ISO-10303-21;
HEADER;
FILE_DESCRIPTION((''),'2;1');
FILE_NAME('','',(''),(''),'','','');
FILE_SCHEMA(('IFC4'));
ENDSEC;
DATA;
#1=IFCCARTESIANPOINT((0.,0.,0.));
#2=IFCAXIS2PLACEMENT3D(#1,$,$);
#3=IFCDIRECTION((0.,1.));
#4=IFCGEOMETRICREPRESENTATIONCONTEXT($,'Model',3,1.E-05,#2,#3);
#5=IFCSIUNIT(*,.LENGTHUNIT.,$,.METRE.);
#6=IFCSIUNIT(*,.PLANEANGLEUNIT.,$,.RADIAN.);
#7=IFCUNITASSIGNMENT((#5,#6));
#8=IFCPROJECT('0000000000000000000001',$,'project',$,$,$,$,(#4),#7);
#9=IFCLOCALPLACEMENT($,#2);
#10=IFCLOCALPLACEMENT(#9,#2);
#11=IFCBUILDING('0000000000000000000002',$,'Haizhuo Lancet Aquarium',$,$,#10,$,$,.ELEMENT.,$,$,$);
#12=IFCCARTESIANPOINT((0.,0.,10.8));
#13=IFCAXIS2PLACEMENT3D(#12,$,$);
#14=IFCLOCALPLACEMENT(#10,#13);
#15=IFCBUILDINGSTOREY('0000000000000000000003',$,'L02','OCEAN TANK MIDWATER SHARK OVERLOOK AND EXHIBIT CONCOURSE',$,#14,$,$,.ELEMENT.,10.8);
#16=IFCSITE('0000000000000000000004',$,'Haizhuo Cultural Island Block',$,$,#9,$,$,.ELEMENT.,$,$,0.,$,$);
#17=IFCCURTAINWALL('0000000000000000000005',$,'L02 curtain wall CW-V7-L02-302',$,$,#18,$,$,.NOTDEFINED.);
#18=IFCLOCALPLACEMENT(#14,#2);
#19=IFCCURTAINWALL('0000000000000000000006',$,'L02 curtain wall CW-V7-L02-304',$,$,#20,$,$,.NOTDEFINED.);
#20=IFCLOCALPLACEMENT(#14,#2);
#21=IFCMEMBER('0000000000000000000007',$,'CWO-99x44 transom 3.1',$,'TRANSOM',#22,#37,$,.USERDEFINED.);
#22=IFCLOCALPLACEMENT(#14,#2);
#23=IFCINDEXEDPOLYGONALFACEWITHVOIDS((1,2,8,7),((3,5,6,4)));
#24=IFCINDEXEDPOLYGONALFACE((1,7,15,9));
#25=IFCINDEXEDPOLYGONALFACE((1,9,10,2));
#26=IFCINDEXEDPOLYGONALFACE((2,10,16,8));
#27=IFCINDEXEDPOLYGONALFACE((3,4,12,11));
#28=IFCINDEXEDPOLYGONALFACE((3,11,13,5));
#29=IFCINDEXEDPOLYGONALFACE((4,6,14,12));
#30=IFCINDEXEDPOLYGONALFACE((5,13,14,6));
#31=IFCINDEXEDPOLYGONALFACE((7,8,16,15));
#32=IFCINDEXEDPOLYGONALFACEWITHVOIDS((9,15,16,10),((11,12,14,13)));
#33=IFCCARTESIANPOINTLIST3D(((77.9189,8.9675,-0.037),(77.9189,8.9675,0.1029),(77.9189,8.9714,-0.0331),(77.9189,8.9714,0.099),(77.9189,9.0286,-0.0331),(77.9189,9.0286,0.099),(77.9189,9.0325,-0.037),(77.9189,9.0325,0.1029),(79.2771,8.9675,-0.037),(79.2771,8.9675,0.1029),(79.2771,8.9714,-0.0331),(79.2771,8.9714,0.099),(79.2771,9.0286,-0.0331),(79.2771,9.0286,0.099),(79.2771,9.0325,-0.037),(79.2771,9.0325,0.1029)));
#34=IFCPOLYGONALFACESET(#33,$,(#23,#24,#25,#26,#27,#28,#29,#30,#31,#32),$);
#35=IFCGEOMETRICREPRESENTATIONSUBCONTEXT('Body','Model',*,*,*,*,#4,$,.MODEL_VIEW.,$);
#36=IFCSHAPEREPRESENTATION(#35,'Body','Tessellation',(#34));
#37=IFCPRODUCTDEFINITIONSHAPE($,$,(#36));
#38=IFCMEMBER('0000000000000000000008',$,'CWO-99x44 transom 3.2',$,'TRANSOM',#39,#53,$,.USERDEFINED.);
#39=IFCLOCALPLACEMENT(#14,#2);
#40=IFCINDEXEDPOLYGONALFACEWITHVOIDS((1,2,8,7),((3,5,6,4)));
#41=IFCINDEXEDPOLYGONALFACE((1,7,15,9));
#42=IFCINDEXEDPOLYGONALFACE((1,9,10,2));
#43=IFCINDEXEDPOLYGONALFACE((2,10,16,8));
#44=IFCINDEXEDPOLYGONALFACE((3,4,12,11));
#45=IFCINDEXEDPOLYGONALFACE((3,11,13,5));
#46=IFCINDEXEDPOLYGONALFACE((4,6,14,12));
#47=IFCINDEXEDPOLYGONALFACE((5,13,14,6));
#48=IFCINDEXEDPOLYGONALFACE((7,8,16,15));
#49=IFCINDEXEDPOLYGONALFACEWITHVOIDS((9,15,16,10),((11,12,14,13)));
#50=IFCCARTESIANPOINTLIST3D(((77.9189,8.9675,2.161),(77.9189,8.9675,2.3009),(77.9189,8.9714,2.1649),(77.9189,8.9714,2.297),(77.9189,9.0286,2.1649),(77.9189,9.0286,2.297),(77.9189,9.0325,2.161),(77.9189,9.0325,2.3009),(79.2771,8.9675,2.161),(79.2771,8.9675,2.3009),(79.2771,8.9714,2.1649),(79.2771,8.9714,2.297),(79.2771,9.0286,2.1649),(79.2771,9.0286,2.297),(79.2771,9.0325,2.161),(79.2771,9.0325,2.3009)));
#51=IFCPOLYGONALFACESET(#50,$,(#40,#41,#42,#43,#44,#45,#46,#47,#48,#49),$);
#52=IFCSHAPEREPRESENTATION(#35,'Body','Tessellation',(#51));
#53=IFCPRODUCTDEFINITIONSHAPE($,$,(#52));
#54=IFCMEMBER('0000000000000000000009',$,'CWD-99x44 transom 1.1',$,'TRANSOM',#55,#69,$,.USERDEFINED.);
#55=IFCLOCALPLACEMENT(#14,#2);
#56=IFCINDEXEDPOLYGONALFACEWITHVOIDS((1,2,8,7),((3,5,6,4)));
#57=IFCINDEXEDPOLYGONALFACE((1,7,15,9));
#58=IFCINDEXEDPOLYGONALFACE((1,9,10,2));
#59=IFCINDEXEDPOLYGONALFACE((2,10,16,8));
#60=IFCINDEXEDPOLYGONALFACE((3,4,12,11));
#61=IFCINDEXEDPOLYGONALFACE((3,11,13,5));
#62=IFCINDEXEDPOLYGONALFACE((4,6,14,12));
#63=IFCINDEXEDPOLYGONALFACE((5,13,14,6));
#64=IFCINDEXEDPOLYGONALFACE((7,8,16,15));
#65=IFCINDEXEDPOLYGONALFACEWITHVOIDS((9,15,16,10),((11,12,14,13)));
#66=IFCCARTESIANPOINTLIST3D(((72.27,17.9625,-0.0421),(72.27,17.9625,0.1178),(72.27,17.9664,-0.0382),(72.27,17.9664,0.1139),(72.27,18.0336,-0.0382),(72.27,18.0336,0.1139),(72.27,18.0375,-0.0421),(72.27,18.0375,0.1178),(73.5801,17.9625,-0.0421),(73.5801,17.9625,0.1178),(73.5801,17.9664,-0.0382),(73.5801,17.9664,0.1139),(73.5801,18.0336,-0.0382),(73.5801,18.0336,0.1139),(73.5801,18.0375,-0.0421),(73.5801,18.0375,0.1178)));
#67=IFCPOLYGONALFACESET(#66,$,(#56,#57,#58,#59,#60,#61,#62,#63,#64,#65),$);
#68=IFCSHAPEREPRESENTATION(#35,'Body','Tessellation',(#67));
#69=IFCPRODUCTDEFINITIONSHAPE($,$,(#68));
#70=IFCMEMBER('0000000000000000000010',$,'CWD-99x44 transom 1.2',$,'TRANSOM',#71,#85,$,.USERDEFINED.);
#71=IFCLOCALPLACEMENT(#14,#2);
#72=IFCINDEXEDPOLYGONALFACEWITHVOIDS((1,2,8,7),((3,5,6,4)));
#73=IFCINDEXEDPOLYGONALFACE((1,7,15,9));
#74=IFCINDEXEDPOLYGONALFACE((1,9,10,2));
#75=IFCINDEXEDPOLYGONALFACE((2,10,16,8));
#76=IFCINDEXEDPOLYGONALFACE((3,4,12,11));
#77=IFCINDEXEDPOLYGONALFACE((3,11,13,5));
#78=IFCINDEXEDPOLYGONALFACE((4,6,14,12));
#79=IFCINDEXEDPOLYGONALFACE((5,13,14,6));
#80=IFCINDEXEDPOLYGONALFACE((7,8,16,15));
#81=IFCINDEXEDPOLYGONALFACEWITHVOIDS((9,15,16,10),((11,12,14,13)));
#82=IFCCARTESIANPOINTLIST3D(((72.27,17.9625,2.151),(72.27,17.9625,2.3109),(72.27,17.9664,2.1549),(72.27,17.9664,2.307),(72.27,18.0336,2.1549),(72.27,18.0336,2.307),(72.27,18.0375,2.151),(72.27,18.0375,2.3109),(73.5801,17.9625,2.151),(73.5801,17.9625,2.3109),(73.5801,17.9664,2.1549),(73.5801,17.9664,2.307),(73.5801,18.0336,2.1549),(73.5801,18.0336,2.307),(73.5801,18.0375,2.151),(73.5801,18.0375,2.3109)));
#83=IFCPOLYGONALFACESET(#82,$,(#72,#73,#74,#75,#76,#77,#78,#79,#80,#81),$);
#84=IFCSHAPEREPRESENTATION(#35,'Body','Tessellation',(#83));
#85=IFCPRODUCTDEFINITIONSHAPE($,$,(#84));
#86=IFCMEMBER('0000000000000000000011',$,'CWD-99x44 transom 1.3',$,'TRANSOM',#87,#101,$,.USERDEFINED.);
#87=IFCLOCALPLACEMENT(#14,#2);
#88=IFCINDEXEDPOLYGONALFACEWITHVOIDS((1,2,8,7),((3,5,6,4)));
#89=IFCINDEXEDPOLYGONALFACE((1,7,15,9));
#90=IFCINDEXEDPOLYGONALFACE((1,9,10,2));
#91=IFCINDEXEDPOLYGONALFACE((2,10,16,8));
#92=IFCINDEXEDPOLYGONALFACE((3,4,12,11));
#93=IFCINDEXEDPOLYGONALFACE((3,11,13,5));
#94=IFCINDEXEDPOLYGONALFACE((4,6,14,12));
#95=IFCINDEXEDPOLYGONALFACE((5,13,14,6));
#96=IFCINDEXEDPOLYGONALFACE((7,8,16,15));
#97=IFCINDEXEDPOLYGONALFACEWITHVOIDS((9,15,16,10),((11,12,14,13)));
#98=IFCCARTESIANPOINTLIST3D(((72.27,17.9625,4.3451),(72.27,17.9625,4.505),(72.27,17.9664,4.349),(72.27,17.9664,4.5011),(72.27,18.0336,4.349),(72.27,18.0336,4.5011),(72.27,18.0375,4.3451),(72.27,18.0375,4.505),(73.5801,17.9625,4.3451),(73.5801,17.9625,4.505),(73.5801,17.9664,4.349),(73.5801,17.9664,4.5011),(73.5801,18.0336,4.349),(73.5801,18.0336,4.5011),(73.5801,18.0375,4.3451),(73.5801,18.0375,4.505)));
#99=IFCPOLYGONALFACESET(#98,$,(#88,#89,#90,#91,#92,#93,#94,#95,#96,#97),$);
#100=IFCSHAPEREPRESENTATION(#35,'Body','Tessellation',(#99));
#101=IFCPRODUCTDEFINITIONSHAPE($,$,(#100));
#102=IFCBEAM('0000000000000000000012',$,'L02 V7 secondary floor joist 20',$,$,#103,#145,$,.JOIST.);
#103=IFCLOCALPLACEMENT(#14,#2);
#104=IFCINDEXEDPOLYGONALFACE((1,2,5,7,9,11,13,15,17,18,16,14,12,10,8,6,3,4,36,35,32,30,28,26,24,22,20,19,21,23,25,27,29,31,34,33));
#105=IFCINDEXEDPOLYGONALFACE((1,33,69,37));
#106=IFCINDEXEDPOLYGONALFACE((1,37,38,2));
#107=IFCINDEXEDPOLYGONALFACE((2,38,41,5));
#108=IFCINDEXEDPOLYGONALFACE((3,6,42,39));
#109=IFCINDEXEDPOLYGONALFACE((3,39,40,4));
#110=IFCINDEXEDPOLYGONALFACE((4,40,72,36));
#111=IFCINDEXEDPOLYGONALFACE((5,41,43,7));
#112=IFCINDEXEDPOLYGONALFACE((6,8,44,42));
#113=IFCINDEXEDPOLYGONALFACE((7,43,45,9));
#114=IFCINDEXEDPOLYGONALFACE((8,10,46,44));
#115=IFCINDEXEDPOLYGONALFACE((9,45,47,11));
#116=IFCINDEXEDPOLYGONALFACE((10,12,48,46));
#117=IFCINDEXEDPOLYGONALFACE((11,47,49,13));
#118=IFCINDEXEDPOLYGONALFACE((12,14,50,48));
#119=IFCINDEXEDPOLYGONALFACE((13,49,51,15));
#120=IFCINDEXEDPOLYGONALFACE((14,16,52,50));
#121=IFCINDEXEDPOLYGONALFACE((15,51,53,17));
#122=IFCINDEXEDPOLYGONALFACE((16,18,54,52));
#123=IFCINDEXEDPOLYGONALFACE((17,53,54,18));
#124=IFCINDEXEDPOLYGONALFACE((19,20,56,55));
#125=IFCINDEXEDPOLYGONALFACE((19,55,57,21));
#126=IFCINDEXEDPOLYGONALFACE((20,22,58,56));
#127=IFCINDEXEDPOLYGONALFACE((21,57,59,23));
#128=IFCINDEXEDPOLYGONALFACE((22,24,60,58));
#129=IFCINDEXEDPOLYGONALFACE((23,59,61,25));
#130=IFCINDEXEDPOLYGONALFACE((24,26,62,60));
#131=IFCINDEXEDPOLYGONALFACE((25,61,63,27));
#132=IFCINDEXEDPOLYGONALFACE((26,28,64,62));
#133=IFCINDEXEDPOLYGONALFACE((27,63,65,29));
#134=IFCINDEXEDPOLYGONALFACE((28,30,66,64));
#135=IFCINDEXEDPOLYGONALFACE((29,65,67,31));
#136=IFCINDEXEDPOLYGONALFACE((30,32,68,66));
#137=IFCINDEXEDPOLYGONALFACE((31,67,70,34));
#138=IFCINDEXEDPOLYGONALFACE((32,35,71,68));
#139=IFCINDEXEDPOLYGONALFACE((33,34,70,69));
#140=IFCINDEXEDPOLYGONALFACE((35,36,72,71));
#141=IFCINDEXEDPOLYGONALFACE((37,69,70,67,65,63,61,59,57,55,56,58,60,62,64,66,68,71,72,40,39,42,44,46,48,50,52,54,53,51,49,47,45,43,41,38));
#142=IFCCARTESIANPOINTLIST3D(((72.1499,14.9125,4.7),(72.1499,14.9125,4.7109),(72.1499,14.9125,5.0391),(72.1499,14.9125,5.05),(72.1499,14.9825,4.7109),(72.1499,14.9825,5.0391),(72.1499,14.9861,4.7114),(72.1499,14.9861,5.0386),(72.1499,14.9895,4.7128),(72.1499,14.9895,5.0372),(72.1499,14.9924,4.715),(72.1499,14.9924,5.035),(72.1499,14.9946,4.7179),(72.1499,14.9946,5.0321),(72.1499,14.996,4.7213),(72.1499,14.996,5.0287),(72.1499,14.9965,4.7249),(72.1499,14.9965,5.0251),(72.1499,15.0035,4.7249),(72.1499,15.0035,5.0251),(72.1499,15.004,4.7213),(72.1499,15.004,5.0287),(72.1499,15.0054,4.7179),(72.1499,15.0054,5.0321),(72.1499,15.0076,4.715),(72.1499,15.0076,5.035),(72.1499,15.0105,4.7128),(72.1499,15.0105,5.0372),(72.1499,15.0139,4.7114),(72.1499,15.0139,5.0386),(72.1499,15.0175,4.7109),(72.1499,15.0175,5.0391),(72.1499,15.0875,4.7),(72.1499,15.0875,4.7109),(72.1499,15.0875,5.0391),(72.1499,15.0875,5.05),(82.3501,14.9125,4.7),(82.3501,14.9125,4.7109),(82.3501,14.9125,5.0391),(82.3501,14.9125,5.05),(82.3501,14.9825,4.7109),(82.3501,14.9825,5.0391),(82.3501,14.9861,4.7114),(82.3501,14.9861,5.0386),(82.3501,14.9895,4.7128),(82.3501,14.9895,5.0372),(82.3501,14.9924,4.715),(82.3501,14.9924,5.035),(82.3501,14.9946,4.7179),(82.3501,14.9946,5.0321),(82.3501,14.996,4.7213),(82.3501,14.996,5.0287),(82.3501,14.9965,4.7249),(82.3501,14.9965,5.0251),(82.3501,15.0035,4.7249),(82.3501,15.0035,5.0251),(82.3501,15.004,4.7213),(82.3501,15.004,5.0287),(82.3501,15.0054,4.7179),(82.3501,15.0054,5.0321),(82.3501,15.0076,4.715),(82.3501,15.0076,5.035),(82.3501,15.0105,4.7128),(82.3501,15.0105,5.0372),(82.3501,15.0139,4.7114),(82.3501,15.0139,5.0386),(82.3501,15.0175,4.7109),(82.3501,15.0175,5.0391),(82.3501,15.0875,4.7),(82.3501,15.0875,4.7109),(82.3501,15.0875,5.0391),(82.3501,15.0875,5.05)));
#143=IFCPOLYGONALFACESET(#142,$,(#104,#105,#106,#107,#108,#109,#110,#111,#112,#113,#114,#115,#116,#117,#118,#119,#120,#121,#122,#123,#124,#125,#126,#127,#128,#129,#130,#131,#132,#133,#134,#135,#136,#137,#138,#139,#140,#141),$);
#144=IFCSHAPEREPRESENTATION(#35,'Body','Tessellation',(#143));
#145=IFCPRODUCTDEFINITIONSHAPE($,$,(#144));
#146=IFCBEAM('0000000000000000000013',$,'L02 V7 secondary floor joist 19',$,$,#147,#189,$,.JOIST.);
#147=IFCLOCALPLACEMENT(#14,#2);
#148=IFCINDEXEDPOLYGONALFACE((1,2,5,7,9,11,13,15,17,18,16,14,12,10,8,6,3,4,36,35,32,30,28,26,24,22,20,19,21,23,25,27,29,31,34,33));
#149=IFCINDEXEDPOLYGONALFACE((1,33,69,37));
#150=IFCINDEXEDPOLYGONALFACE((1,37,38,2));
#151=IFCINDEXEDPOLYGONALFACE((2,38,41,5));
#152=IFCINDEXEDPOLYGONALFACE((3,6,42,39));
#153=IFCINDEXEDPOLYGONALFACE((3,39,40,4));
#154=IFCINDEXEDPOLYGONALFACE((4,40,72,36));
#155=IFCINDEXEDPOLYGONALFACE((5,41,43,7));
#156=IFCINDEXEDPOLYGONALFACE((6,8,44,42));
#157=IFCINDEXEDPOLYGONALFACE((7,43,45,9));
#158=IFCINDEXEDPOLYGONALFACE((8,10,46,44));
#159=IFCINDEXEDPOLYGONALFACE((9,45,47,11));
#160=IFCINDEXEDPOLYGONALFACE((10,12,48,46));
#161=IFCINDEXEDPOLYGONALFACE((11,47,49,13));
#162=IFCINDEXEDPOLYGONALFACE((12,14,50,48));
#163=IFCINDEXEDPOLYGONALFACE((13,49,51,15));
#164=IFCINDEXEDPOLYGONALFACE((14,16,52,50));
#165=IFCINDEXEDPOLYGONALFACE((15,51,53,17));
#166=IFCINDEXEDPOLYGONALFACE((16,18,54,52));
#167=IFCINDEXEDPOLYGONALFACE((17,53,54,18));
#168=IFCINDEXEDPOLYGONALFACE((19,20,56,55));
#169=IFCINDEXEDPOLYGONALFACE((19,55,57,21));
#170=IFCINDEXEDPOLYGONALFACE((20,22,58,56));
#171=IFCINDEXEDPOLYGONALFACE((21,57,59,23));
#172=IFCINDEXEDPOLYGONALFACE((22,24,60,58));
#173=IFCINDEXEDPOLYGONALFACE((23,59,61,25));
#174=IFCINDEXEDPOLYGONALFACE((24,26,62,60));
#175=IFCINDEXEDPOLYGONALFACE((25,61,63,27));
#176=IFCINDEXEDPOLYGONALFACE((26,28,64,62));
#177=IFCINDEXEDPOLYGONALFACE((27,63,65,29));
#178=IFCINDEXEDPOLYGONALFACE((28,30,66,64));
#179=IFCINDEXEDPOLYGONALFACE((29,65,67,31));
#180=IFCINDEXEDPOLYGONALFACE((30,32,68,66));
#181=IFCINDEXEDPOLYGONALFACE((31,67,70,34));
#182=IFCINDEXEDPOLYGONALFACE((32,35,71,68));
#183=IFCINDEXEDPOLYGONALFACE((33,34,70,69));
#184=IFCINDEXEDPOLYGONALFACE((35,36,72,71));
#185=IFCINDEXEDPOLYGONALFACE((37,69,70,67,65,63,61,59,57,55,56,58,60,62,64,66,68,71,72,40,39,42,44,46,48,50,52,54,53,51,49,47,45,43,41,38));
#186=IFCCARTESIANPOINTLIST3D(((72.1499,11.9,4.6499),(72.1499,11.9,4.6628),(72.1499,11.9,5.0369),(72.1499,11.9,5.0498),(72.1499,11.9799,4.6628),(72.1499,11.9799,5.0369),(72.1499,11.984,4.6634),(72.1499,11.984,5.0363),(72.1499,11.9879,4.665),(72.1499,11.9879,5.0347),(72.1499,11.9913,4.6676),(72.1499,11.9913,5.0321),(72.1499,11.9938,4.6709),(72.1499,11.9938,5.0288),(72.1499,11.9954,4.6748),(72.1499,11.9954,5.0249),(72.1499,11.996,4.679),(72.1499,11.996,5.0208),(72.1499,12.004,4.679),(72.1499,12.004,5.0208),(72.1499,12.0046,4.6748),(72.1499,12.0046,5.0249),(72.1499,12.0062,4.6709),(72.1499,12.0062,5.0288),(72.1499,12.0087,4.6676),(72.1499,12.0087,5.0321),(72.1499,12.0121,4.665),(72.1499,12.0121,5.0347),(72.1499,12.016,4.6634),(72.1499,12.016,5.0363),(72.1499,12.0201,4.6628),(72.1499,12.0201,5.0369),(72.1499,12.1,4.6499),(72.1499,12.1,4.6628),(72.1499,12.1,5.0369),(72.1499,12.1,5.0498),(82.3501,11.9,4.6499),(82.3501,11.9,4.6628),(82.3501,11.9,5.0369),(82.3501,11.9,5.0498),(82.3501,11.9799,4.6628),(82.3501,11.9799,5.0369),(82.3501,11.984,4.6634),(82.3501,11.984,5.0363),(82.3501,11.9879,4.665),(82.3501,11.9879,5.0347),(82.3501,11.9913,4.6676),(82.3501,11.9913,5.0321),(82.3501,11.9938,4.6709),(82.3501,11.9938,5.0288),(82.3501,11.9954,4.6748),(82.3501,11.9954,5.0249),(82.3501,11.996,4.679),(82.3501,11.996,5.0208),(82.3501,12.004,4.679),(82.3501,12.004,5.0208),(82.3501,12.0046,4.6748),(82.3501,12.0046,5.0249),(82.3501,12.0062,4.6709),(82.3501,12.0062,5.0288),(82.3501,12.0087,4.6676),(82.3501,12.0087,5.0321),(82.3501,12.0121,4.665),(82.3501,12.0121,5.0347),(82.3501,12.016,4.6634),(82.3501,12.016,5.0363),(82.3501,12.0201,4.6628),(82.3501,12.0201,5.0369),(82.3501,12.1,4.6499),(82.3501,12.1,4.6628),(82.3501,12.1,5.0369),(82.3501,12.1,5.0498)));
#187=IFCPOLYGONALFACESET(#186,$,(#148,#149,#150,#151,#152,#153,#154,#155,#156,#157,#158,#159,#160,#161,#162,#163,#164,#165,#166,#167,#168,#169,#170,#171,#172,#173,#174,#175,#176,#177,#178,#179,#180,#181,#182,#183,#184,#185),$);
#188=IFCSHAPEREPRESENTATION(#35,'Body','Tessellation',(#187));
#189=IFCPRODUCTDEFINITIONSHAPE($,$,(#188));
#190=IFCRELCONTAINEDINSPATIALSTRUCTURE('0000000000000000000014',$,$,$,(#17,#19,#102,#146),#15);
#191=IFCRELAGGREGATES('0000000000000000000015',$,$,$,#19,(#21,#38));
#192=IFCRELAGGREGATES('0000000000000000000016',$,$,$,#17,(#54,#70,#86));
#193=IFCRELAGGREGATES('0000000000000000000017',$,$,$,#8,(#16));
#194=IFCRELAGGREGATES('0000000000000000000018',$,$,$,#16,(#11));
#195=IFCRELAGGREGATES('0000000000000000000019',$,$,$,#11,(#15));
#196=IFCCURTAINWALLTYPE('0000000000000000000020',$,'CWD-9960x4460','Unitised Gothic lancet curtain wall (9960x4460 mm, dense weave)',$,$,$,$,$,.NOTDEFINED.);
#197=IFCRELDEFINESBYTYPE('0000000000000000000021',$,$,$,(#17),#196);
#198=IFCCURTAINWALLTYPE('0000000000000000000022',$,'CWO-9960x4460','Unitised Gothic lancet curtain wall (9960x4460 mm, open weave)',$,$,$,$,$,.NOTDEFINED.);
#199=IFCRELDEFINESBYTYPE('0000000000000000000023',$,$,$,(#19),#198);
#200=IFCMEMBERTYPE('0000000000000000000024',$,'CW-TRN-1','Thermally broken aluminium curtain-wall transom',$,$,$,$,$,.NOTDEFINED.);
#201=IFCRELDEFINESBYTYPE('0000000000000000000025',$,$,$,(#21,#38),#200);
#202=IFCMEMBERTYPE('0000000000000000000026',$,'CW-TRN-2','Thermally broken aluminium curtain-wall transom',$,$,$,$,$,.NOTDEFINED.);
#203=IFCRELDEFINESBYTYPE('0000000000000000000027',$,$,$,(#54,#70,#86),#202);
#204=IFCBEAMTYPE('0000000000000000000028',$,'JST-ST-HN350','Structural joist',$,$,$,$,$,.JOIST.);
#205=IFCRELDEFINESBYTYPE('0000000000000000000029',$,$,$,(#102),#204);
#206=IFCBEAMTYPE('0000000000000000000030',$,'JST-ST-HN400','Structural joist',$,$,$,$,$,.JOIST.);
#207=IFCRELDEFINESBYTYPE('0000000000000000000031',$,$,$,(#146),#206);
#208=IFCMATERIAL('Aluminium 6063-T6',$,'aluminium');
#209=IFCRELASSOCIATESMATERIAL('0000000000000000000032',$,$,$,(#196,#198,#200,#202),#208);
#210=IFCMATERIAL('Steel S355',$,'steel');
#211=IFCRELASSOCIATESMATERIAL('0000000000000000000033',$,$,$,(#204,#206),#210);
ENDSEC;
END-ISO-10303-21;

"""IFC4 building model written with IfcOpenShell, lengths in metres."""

from ifc_helpers import new_model, si_unit, direction, frame, origin, origin_2d, place, context, subcontext, project, spatial, hollow_rectangle, i_section, extrude, material, material_profile, profile_set, type_object, element, aggregate, save


model = new_model("IFC4")

# Units and contexts
model_context = context("Model", 3, precision=1e-05, world=origin(), true_north=direction((0.0, 1.0)))
body_context = subcontext(model_context, "Body", "Model", "MODEL_VIEW")
ifc_project = project(units=[si_unit("LENGTHUNIT", "METRE"), si_unit("PLANEANGLEUNIT", "RADIAN")], contexts=[model_context])

# Site, building, storey
site_placement = place(None, origin())
site = spatial("IfcSite", under=ifc_project, at=site_placement, Name="Haizhuo Cultural Island Block", CompositionType="ELEMENT", RefElevation=0.0)
building_placement = place(site_placement, origin())
building = spatial("IfcBuilding", under=site, at=building_placement, Name="Haizhuo Lancet Aquarium", CompositionType="ELEMENT")
storey_placement = place(building_placement, frame((0.0, 0.0, 10.8)))
storey = spatial("IfcBuildingStorey", under=building, at=storey_placement, Name="L02", Description="OCEAN TANK MIDWATER SHARK OVERLOOK AND EXHIBIT CONCOURSE", CompositionType="ELEMENT", Elevation=10.8)

# Shared definitions
ifc_material_1 = material(Name="Steel S355", Category="steel")

# Curtain walls, members
ifc_material_2 = material(Name="Aluminium 6063-T6", Category="aluminium")
curtain_wall_type_1 = type_object("IfcCurtainWallType", Name="CWD-9960x4460", Description="Unitised Gothic lancet curtain wall (9960x4460 mm, dense weave)", PredefinedType="NOTDEFINED", material=ifc_material_2)
curtain_wall_1_placement = place(storey_placement, origin())
curtain_wall_1 = element("IfcCurtainWall", 1, at=curtain_wall_1_placement, inside=storey, type_object=curtain_wall_type_1, Name="L02 curtain wall CW-V7-L02-302", PredefinedType="NOTDEFINED")
curtain_wall_type_2 = type_object("IfcCurtainWallType", Name="CWO-9960x4460", Description="Unitised Gothic lancet curtain wall (9960x4460 mm, open weave)", PredefinedType="NOTDEFINED", material=ifc_material_2)
curtain_wall_2_placement = place(storey_placement, origin())
curtain_wall_2 = element("IfcCurtainWall", 2, at=curtain_wall_2_placement, inside=storey, type_object=curtain_wall_type_2, Name="L02 curtain wall CW-V7-L02-304", PredefinedType="NOTDEFINED")
ifc_material_profile_1 = material_profile(ifc_material_2, hollow_rectangle(XDim=0.0649, YDim=0.1399, WallThickness=0.0039, at=origin_2d()), Name="ALU-T 65x140x4")
ifc_profile_set_1 = profile_set([ifc_material_profile_1], Name="Aluminium 6063-T6")
member_type_1 = type_object("IfcMemberType", Name="CW-TRN-1", Description="Thermally broken aluminium curtain-wall transom", PredefinedType="NOTDEFINED", material=ifc_profile_set_1)
member_1_placement = place(storey_placement, frame((79.2771, 9.0, 0.033), z_axis=(-1.0, 0.0, 0.0), x_axis=(0.0, -1.0, 0.0)))
member_1 = element("IfcMember", 3, at=member_1_placement, type_object=member_type_1, Name="CWO-99x44 transom 3.1", ObjectType="TRANSOM", PredefinedType="USERDEFINED", context=body_context, shape_type="SweptSolid", body=[
    extrude(hollow_rectangle(XDim=0.0649, YDim=0.1399, WallThickness=0.0039, at=origin_2d()), origin(), (0.0, 0.0, 1.0), 1.3582),
])
member_2_placement = place(storey_placement, frame((79.2771, 9.0, 2.231), z_axis=(-1.0, 0.0, 0.0), x_axis=(0.0, -1.0, 0.0)))
member_2 = element("IfcMember", 4, at=member_2_placement, type_object=member_type_1, Name="CWO-99x44 transom 3.2", ObjectType="TRANSOM", PredefinedType="USERDEFINED", context=body_context, shape_type="SweptSolid", body=[
    extrude(hollow_rectangle(XDim=0.0649, YDim=0.1399, WallThickness=0.0039, at=origin_2d()), origin(), (0.0, 0.0, 1.0), 1.3582),
])
aggregate(curtain_wall_2, [member_1, member_2])

# Members
ifc_material_profile_2 = material_profile(ifc_material_2, hollow_rectangle(XDim=0.075, YDim=0.1599, WallThickness=0.0039, at=origin_2d()), Name="ALU-T 75x160x4")
ifc_profile_set_2 = profile_set([ifc_material_profile_2], Name="Aluminium 6063-T6")
member_type_2 = type_object("IfcMemberType", Name="CW-TRN-2", Description="Thermally broken aluminium curtain-wall transom", PredefinedType="NOTDEFINED", material=ifc_profile_set_2)
member_3_placement = place(storey_placement, frame((72.27, 18.0, 0.0378), z_axis=(1.0, 0.0, 0.0), x_axis=(0.0, 1.0, 0.0)))
member_3 = element("IfcMember", 5, at=member_3_placement, type_object=member_type_2, Name="CWD-99x44 transom 1.1", ObjectType="TRANSOM", PredefinedType="USERDEFINED", context=body_context, shape_type="SweptSolid", body=[
    extrude(hollow_rectangle(XDim=0.075, YDim=0.1599, WallThickness=0.0039, at=origin_2d()), origin(), (0.0, 0.0, 1.0), 1.3101),
])
member_4_placement = place(storey_placement, frame((72.27, 18.0, 2.231), z_axis=(1.0, 0.0, 0.0), x_axis=(0.0, 1.0, 0.0)))
member_4 = element("IfcMember", 6, at=member_4_placement, type_object=member_type_2, Name="CWD-99x44 transom 1.2", ObjectType="TRANSOM", PredefinedType="USERDEFINED", context=body_context, shape_type="SweptSolid", body=[
    extrude(hollow_rectangle(XDim=0.075, YDim=0.1599, WallThickness=0.0039, at=origin_2d()), origin(), (0.0, 0.0, 1.0), 1.3101),
])
member_5_placement = place(storey_placement, frame((72.27, 18.0, 4.425), z_axis=(1.0, 0.0, 0.0), x_axis=(0.0, 1.0, 0.0)))
member_5 = element("IfcMember", 7, at=member_5_placement, type_object=member_type_2, Name="CWD-99x44 transom 1.3", ObjectType="TRANSOM", PredefinedType="USERDEFINED", context=body_context, shape_type="SweptSolid", body=[
    extrude(hollow_rectangle(XDim=0.075, YDim=0.1599, WallThickness=0.0039, at=origin_2d()), origin(), (0.0, 0.0, 1.0), 1.3101),
])

# Beams
ifc_material_profile_3 = material_profile(ifc_material_1, i_section(OverallWidth=0.175, OverallDepth=0.3501, WebThickness=0.0071, FlangeThickness=0.011, FilletRadius=0.0139, at=origin_2d()), Name="HN 350x175x7x11")
ifc_profile_set_3 = profile_set([ifc_material_profile_3], Name="Steel S355")
beam_type_1 = type_object("IfcBeamType", Name="JST-ST-HN350", Description="Structural joist", PredefinedType="JOIST", material=ifc_profile_set_3)
beam_1_placement = place(storey_placement, frame((72.1499, 15.0, 4.875), z_axis=(1.0, 0.0, 0.0), x_axis=(0.0, 1.0, 0.0)))
element("IfcBeam", 8, at=beam_1_placement, inside=storey, type_object=beam_type_1, Name="L02 V7 secondary floor joist 20", PredefinedType="JOIST", context=body_context, shape_type="SweptSolid", body=[
    extrude(i_section(OverallWidth=0.175, OverallDepth=0.3501, WebThickness=0.0071, FlangeThickness=0.011, FilletRadius=0.0139, at=origin_2d()), origin(), (0.0, 0.0, 1.0), 10.2002),
])
ifc_material_profile_4 = material_profile(ifc_material_1, i_section(OverallWidth=0.2, OverallDepth=0.3999, WebThickness=0.0081, FlangeThickness=0.0129, FilletRadius=0.0161, at=origin_2d()), Name="HN 400x200x8x13")
ifc_profile_set_4 = profile_set([ifc_material_profile_4], Name="Steel S355")
beam_type_2 = type_object("IfcBeamType", Name="JST-ST-HN400", Description="Structural joist", PredefinedType="JOIST", material=ifc_profile_set_4)
beam_2_placement = place(storey_placement, frame((72.1499, 12.0, 4.8499), z_axis=(1.0, 0.0, 0.0), x_axis=(0.0, 1.0, 0.0)))
element("IfcBeam", 9, at=beam_2_placement, inside=storey, type_object=beam_type_2, Name="L02 V7 secondary floor joist 19", PredefinedType="JOIST", context=body_context, shape_type="SweptSolid", body=[
    extrude(i_section(OverallWidth=0.2, OverallDepth=0.3999, WebThickness=0.0081, FlangeThickness=0.0129, FilletRadius=0.0161, at=origin_2d()), origin(), (0.0, 0.0, 1.0), 10.2002),
])

aggregate(curtain_wall_1, [member_3, member_4, member_5])

save(model, "model.ifc")
